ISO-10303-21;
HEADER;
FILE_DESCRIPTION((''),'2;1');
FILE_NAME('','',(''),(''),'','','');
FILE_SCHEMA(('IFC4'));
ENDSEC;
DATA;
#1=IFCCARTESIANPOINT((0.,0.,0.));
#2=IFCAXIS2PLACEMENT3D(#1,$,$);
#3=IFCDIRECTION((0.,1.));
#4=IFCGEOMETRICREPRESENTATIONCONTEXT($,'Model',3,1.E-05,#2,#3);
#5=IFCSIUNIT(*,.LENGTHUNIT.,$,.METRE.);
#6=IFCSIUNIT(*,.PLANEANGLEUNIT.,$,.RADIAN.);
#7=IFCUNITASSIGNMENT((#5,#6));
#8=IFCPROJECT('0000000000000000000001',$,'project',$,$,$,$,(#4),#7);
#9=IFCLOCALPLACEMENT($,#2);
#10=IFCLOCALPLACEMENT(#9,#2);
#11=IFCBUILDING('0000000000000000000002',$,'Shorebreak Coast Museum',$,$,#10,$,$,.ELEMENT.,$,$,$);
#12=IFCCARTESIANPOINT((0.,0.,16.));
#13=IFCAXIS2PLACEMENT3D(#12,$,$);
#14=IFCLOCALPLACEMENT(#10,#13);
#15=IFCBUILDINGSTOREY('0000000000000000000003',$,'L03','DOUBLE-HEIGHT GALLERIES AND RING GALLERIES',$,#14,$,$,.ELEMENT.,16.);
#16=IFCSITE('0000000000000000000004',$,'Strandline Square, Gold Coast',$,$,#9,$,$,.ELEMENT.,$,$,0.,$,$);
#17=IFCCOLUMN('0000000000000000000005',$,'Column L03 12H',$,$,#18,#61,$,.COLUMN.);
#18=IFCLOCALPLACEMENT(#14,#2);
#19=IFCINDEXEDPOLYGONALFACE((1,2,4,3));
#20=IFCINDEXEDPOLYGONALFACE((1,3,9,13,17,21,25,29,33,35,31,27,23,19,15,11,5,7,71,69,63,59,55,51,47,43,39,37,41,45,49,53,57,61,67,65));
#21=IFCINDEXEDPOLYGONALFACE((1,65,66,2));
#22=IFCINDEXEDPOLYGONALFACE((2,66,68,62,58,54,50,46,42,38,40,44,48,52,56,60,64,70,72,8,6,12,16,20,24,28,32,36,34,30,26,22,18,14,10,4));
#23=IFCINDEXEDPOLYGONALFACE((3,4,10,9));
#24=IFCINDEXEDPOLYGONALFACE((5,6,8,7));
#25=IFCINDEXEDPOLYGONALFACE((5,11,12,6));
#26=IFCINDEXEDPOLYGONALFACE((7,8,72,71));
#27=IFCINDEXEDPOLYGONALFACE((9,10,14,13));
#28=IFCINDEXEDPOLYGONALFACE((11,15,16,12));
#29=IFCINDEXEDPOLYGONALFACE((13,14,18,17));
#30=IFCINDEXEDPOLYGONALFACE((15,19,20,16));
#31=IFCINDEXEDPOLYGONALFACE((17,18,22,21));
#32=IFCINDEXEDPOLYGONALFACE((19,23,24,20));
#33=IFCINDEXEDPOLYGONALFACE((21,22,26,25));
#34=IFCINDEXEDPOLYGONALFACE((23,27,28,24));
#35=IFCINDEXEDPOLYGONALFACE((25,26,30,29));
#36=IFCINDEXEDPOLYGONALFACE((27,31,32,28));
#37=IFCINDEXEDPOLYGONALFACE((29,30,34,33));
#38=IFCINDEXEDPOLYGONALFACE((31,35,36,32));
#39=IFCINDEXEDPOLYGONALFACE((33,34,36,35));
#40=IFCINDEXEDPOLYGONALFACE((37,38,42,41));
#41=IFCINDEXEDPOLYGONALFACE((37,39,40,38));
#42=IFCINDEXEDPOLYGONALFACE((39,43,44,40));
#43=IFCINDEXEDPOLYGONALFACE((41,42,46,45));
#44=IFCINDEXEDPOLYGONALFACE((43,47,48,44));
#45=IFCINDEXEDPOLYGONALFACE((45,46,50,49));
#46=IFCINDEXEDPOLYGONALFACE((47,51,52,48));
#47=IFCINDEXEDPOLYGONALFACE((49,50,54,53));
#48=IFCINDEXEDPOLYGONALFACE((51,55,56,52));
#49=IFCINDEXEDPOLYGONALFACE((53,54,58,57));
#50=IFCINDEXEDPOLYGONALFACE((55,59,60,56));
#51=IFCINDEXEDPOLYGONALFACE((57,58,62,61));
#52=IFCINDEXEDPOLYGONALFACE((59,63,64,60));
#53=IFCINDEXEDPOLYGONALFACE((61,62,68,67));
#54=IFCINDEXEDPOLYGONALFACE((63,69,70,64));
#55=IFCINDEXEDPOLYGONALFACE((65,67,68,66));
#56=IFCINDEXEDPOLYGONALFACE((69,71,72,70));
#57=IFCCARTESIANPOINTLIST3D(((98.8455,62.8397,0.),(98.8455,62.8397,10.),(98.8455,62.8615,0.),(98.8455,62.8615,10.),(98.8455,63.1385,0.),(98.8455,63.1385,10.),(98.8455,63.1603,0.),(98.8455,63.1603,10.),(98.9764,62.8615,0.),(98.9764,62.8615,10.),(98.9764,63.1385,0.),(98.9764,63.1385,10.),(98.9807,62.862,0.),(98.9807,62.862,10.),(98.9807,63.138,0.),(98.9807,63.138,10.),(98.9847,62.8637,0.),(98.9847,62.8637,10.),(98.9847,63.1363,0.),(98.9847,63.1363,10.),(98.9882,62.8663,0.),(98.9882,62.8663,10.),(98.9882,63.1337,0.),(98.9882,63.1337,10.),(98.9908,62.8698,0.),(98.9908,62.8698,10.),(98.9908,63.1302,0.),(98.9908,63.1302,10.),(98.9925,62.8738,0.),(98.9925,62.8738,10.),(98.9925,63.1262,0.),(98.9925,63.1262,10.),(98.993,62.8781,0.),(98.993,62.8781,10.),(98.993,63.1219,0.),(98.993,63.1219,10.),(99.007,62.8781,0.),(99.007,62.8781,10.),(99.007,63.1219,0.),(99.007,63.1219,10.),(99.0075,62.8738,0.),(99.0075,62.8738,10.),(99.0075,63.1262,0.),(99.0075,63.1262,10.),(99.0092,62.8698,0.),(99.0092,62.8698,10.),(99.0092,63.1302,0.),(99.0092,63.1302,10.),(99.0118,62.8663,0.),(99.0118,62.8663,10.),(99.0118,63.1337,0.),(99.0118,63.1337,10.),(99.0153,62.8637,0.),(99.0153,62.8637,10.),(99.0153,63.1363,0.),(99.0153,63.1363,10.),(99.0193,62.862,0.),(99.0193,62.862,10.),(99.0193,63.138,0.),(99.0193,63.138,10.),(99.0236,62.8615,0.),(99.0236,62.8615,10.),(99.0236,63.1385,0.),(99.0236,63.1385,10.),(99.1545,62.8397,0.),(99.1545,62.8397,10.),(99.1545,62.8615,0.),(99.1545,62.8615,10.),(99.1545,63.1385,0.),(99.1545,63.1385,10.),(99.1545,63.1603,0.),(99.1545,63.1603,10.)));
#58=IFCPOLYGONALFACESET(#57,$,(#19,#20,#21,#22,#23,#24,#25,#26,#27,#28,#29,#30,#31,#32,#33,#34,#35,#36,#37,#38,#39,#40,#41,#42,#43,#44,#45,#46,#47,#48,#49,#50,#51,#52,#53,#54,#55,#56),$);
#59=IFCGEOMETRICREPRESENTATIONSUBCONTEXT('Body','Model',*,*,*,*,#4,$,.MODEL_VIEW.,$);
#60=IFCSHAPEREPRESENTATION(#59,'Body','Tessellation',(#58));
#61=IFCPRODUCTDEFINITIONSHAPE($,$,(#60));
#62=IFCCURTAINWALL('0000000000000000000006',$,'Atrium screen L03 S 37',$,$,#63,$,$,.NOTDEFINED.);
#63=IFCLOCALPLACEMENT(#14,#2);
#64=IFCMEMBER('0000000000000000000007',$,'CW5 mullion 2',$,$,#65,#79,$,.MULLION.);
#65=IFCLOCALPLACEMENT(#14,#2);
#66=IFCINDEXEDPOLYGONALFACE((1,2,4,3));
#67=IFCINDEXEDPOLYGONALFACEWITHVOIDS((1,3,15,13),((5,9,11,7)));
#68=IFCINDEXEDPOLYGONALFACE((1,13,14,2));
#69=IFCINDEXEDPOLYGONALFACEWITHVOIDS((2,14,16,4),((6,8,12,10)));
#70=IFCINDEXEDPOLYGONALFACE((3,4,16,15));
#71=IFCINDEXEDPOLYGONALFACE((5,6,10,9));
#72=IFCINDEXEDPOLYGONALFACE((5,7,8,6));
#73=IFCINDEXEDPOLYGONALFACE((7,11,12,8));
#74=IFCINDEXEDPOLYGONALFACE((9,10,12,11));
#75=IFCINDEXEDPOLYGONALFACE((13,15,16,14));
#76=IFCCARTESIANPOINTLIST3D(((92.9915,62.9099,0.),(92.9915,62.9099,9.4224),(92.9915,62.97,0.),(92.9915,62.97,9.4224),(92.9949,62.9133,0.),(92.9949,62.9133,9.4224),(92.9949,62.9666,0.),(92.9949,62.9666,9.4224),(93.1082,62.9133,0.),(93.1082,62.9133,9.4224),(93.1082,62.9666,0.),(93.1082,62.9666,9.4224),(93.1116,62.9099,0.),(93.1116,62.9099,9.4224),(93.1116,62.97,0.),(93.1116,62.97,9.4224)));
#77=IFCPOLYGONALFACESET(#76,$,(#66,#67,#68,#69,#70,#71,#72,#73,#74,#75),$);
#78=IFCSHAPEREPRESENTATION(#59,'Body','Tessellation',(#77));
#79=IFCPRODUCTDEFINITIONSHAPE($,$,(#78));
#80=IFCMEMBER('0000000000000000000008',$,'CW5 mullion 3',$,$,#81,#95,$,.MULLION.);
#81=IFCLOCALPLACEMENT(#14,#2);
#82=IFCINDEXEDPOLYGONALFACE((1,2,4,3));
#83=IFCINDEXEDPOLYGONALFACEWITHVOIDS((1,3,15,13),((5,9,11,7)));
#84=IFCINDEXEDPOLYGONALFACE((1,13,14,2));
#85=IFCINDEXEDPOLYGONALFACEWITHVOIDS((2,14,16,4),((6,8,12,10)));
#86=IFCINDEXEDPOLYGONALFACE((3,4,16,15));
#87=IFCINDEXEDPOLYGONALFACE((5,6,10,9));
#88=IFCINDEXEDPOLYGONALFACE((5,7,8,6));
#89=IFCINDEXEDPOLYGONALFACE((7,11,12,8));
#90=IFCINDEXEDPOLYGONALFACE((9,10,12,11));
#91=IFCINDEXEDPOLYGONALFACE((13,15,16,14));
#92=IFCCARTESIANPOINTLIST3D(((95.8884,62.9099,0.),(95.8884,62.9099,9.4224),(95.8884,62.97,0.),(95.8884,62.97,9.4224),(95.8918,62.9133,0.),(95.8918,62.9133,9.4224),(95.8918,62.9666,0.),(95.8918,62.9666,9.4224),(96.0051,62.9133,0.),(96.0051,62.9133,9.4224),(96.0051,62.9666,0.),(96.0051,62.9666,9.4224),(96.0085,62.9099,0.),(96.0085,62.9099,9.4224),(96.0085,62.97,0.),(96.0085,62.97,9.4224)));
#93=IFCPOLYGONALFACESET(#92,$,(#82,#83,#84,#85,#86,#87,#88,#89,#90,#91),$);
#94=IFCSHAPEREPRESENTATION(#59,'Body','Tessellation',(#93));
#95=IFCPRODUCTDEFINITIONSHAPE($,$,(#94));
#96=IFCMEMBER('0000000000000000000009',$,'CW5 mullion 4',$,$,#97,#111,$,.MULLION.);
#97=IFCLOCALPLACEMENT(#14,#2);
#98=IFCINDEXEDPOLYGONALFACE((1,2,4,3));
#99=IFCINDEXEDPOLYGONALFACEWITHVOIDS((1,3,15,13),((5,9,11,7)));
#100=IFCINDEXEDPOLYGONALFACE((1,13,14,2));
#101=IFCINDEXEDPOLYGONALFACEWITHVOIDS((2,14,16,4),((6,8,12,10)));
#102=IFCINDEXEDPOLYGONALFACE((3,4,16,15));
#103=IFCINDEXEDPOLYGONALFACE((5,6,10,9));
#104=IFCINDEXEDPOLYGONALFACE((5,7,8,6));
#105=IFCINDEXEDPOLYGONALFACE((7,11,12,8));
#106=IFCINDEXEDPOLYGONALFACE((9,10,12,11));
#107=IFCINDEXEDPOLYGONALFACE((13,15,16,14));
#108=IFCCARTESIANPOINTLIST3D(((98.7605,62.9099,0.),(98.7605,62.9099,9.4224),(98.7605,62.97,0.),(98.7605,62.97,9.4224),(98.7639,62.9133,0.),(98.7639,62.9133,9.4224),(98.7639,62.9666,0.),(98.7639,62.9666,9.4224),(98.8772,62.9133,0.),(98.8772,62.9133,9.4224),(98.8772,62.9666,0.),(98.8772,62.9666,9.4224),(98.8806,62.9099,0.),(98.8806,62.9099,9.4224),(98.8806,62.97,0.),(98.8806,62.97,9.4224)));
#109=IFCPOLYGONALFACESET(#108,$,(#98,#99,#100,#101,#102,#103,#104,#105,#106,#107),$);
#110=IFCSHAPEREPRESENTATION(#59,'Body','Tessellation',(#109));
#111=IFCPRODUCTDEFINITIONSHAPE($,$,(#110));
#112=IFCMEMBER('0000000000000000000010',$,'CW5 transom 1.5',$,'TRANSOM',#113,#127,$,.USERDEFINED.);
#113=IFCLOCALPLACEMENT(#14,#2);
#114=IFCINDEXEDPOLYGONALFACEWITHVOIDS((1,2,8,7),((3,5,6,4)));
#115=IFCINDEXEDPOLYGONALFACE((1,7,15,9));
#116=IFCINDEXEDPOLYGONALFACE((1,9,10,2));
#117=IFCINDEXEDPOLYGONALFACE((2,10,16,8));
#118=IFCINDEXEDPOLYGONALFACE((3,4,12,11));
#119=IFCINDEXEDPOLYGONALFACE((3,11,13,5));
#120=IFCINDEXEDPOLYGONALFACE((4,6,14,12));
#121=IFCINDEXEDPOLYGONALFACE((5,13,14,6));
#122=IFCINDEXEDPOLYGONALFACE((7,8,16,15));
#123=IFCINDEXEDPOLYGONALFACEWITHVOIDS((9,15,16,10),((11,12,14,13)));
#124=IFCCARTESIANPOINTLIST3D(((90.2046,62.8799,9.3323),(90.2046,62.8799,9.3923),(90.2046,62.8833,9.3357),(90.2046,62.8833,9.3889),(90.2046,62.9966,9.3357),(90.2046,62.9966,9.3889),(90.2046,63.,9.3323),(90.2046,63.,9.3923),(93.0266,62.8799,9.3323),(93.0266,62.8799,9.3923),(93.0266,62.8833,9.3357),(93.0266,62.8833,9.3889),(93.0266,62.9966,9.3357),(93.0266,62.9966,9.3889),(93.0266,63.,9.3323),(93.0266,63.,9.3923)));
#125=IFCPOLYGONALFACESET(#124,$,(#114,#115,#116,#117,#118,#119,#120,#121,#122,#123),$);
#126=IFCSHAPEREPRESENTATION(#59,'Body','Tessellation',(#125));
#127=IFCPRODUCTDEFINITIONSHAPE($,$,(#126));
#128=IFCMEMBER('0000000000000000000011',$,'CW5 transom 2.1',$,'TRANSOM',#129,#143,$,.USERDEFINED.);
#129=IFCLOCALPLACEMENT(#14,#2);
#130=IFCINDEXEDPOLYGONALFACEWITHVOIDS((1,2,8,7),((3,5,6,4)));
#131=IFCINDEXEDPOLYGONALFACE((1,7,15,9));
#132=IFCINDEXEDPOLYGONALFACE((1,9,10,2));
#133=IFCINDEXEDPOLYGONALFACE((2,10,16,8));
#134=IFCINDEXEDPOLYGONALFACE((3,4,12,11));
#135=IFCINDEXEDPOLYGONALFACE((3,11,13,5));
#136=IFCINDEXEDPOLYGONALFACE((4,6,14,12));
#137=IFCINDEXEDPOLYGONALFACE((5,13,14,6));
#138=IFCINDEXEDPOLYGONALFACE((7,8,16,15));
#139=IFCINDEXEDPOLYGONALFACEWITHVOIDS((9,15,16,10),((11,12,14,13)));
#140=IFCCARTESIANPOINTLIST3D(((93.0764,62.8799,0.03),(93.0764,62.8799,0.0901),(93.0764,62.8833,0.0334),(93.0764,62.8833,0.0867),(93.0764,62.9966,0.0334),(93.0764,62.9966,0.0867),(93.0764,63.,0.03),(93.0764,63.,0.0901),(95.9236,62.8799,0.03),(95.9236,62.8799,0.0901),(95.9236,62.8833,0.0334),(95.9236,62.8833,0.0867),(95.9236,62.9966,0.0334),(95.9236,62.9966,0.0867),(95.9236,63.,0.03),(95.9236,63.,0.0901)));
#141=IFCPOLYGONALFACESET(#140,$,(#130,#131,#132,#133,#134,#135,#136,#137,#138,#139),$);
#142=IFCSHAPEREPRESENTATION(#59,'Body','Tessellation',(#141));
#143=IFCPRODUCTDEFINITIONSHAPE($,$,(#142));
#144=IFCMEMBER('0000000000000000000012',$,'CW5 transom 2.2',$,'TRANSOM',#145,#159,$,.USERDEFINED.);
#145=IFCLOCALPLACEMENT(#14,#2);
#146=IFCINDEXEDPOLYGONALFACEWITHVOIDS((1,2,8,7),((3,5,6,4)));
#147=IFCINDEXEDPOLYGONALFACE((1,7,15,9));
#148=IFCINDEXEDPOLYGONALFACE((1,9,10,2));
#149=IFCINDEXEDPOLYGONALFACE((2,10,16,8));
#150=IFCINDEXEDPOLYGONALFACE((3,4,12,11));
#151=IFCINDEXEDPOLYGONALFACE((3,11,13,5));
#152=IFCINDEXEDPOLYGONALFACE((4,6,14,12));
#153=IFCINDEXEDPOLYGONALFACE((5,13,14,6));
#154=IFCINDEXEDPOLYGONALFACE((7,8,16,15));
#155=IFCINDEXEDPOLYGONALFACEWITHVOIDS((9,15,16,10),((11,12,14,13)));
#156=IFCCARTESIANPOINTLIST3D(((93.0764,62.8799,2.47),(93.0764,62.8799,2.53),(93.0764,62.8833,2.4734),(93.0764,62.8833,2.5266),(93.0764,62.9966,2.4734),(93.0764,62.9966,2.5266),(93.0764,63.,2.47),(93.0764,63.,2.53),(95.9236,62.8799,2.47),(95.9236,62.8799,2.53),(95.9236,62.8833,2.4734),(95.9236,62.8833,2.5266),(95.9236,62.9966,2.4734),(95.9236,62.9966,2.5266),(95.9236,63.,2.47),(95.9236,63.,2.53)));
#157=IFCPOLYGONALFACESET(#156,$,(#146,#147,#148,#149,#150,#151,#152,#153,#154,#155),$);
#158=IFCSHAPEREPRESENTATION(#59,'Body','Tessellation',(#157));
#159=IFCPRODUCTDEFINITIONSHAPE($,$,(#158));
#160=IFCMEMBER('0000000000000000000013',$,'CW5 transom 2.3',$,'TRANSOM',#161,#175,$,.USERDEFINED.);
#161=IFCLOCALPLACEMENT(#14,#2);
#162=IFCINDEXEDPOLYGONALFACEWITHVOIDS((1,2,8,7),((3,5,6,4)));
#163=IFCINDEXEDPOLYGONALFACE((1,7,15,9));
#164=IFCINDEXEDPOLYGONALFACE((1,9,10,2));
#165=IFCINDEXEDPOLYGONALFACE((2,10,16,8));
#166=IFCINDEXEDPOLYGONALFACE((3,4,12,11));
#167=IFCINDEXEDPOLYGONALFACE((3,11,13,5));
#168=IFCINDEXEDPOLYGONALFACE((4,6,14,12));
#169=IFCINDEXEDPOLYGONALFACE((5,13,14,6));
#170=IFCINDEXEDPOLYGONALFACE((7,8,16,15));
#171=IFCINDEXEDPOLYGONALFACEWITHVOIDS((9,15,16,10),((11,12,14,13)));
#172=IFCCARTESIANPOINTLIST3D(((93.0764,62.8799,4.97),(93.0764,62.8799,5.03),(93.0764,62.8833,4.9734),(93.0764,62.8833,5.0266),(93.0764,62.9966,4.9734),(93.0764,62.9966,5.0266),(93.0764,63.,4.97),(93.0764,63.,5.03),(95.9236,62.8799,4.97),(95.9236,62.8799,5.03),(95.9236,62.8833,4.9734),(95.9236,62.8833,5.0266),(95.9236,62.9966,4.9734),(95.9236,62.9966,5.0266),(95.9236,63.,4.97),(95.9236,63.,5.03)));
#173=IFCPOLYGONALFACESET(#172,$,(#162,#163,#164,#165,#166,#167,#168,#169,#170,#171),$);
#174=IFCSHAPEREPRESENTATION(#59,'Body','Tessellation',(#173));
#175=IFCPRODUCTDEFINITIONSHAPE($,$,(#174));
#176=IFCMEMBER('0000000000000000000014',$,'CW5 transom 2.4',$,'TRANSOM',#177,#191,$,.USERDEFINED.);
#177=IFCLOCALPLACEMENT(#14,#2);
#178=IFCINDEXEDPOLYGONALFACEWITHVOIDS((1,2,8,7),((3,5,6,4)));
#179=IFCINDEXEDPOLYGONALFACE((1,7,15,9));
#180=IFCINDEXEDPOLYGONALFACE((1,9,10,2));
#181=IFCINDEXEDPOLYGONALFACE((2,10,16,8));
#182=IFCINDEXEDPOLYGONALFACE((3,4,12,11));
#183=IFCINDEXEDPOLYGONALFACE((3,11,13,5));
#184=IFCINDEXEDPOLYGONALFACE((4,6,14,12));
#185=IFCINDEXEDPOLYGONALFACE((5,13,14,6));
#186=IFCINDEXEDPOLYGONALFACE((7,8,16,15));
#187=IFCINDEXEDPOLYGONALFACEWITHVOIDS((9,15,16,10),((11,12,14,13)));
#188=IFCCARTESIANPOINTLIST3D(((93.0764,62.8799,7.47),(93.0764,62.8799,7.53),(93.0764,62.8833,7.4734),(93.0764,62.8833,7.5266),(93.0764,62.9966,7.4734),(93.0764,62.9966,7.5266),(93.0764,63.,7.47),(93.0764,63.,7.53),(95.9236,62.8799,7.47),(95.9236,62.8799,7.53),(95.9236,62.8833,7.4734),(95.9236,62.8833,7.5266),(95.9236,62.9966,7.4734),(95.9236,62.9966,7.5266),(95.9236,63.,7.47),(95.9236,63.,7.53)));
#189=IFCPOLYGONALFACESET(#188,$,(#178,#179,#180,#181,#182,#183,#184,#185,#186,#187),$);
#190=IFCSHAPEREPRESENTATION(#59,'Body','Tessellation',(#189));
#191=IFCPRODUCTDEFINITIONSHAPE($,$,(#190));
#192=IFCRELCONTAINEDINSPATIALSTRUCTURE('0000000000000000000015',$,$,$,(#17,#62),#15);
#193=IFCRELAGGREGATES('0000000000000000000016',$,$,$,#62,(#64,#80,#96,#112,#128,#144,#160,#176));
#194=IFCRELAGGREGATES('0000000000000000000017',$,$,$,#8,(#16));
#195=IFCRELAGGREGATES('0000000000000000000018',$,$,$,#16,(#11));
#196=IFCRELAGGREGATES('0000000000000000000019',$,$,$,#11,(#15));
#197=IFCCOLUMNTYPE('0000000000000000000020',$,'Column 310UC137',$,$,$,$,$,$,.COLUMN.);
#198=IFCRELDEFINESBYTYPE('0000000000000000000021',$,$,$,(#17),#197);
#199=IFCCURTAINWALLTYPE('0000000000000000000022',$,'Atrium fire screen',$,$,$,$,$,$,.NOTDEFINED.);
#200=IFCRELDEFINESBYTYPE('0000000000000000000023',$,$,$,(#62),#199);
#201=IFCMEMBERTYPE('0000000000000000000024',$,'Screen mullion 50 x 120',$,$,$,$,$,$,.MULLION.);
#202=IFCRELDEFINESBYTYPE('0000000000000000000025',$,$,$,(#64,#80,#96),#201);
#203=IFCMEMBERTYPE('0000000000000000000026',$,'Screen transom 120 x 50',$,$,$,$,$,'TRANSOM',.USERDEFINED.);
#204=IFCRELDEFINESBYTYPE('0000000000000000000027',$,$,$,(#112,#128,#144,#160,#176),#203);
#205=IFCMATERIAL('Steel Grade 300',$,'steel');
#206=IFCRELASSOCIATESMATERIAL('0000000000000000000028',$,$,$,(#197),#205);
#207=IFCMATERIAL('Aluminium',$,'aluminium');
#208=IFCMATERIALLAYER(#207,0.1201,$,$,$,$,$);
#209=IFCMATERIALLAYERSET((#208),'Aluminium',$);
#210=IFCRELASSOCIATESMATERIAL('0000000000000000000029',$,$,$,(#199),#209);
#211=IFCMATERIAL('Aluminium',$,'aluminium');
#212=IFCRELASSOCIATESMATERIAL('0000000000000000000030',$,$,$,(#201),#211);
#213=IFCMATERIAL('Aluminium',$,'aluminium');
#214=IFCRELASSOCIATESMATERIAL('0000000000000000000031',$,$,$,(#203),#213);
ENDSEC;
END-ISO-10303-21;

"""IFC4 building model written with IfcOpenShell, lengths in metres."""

from ifc_helpers import new_model, si_unit, direction, frame, origin, origin_2d, place, context, subcontext, project, spatial, hollow_rectangle, i_section, extrude, material, layer, layer_set, material_profile, profile_set, type_object, element, aggregate, save


model = new_model("IFC4")

# Units and contexts
model_context = context("Model", 3, precision=1e-05, world=origin(), true_north=direction((0.0, 1.0)))
body_context = subcontext(model_context, "Body", "Model", "MODEL_VIEW")
ifc_project = project(units=[si_unit("LENGTHUNIT", "METRE"), si_unit("PLANEANGLEUNIT", "RADIAN")], contexts=[model_context])

# Site, building, storey
site_placement = place(None, origin())
site = spatial("IfcSite", under=ifc_project, at=site_placement, Name="Strandline Square, Gold Coast", CompositionType="ELEMENT", RefElevation=0.0)
building_placement = place(site_placement, origin())
building = spatial("IfcBuilding", under=site, at=building_placement, Name="Shorebreak Coast Museum", CompositionType="ELEMENT")
storey_placement = place(building_placement, frame((0.0, 0.0, 16.0)))
storey = spatial("IfcBuildingStorey", under=building, at=storey_placement, Name="L03", Description="DOUBLE-HEIGHT GALLERIES AND RING GALLERIES", CompositionType="ELEMENT", Elevation=16.0)

# Column
ifc_material_1 = material(Name="Steel Grade 300", Category="steel")
ifc_material_profile_1 = material_profile(ifc_material_1, i_section(OverallWidth=0.3091, OverallDepth=0.3206, WebThickness=0.0139, FlangeThickness=0.0217, FilletRadius=0.0166, at=origin_2d()), Name="310UC137")
ifc_profile_set_1 = profile_set([ifc_material_profile_1], Name="Steel Grade 300")
column_type = type_object("IfcColumnType", Name="Column 310UC137", PredefinedType="COLUMN", material=ifc_profile_set_1)
column_placement = place(storey_placement, frame((99.0, 63.0, 0.0), z_axis=(0.0, 0.0, 1.0), x_axis=(1.0, 0.0, 0.0)))
element("IfcColumn", 1, at=column_placement, inside=storey, type_object=column_type, Name="Column L03 12H", PredefinedType="COLUMN", context=body_context, shape_type="SweptSolid", body=[
    extrude(i_section(OverallWidth=0.3091, OverallDepth=0.3206, WebThickness=0.0139, FlangeThickness=0.0217, FilletRadius=0.0166, at=origin_2d()), origin(), (0.0, 0.0, 1.0), 10.0),
])

# Curtain wall, members
ifc_material_2 = material(Name="Aluminium", Category="aluminium")
ifc_layer_1 = layer(ifc_material_2, 0.1201)
ifc_layer_set_1 = layer_set([ifc_layer_1], Name="Aluminium")
curtain_wall_type = type_object("IfcCurtainWallType", Name="Atrium fire screen", PredefinedType="NOTDEFINED", material=ifc_layer_set_1)
curtain_wall_placement = place(storey_placement, origin())
curtain_wall = element("IfcCurtainWall", 2, at=curtain_wall_placement, inside=storey, type_object=curtain_wall_type, Name="Atrium screen L03 S 37", PredefinedType="NOTDEFINED")
ifc_material_3 = material(Name="Aluminium", Category="aluminium")
ifc_material_profile_2 = material_profile(ifc_material_3, hollow_rectangle(XDim=0.0601, YDim=0.1201, WallThickness=0.0034, at=origin_2d()), Name="AL 120x60 RHS")
ifc_profile_set_2 = profile_set([ifc_material_profile_2], Name="Aluminium")
member_type_1 = type_object("IfcMemberType", Name="Screen mullion 50 x 120", PredefinedType="MULLION", material=ifc_profile_set_2)
member_1_placement = place(storey_placement, frame((93.0515, 62.9399, 0.0), z_axis=(0.0, 0.0, 1.0), x_axis=(0.0, 1.0, 0.0)))
member_1 = element("IfcMember", 3, at=member_1_placement, type_object=member_type_1, Name="CW5 mullion 2", PredefinedType="MULLION", context=body_context, shape_type="SweptSolid", body=[
    extrude(hollow_rectangle(XDim=0.0601, YDim=0.1201, WallThickness=0.0034, at=origin_2d()), origin(), (0.0, 0.0, 1.0), 9.4224),
])
member_2_placement = place(storey_placement, frame((95.9485, 62.9399, 0.0), z_axis=(0.0, 0.0, 1.0), x_axis=(0.0, 1.0, 0.0)))
member_2 = element("IfcMember", 4, at=member_2_placement, type_object=member_type_1, Name="CW5 mullion 3", PredefinedType="MULLION", context=body_context, shape_type="SweptSolid", body=[
    extrude(hollow_rectangle(XDim=0.0601, YDim=0.1201, WallThickness=0.0034, at=origin_2d()), origin(), (0.0, 0.0, 1.0), 9.4224),
])
member_3_placement = place(storey_placement, frame((98.8206, 62.9399, 0.0), z_axis=(0.0, 0.0, 1.0), x_axis=(0.0, 1.0, 0.0)))
member_3 = element("IfcMember", 5, at=member_3_placement, type_object=member_type_1, Name="CW5 mullion 4", PredefinedType="MULLION", context=body_context, shape_type="SweptSolid", body=[
    extrude(hollow_rectangle(XDim=0.0601, YDim=0.1201, WallThickness=0.0034, at=origin_2d()), origin(), (0.0, 0.0, 1.0), 9.4224),
])
ifc_material_4 = material(Name="Aluminium", Category="aluminium")
ifc_material_profile_3 = material_profile(ifc_material_4, hollow_rectangle(XDim=0.1201, YDim=0.0601, WallThickness=0.0034, at=origin_2d()), Name="AL 60x120 RHS")
ifc_profile_set_3 = profile_set([ifc_material_profile_3], Name="Aluminium")
member_type_2 = type_object("IfcMemberType", Name="Screen transom 120 x 50", ElementType="TRANSOM", PredefinedType="USERDEFINED", material=ifc_profile_set_3)
member_4_placement = place(storey_placement, frame((90.2046, 62.9399, 9.3623), z_axis=(1.0, 0.0, 0.0), x_axis=(0.0, 1.0, 0.0)))
member_4 = element("IfcMember", 6, at=member_4_placement, type_object=member_type_2, Name="CW5 transom 1.5", ObjectType="TRANSOM", PredefinedType="USERDEFINED", context=body_context, shape_type="SweptSolid", body=[
    extrude(hollow_rectangle(XDim=0.1201, YDim=0.0601, WallThickness=0.0034, at=origin_2d()), origin(), (0.0, 0.0, 1.0), 2.822),
])
member_5_placement = place(storey_placement, frame((93.0764, 62.9399, 0.0601), z_axis=(1.0, 0.0, 0.0), x_axis=(0.0, 1.0, 0.0)))
member_5 = element("IfcMember", 7, at=member_5_placement, type_object=member_type_2, Name="CW5 transom 2.1", ObjectType="TRANSOM", PredefinedType="USERDEFINED", context=body_context, shape_type="SweptSolid", body=[
    extrude(hollow_rectangle(XDim=0.1201, YDim=0.0601, WallThickness=0.0034, at=origin_2d()), origin(), (0.0, 0.0, 1.0), 2.8472),
])
member_6_placement = place(storey_placement, frame((93.0764, 62.9399, 2.5), z_axis=(1.0, 0.0, 0.0), x_axis=(0.0, 1.0, 0.0)))
member_6 = element("IfcMember", 8, at=member_6_placement, type_object=member_type_2, Name="CW5 transom 2.2", ObjectType="TRANSOM", PredefinedType="USERDEFINED", context=body_context, shape_type="SweptSolid", body=[
    extrude(hollow_rectangle(XDim=0.1201, YDim=0.0601, WallThickness=0.0034, at=origin_2d()), origin(), (0.0, 0.0, 1.0), 2.8472),
])
member_7_placement = place(storey_placement, frame((93.0764, 62.9399, 5.0), z_axis=(1.0, 0.0, 0.0), x_axis=(0.0, 1.0, 0.0)))
member_7 = element("IfcMember", 9, at=member_7_placement, type_object=member_type_2, Name="CW5 transom 2.3", ObjectType="TRANSOM", PredefinedType="USERDEFINED", context=body_context, shape_type="SweptSolid", body=[
    extrude(hollow_rectangle(XDim=0.1201, YDim=0.0601, WallThickness=0.0034, at=origin_2d()), origin(), (0.0, 0.0, 1.0), 2.8472),
])
member_8_placement = place(storey_placement, frame((93.0764, 62.9399, 7.5), z_axis=(1.0, 0.0, 0.0), x_axis=(0.0, 1.0, 0.0)))
member_8 = element("IfcMember", 10, at=member_8_placement, type_object=member_type_2, Name="CW5 transom 2.4", ObjectType="TRANSOM", PredefinedType="USERDEFINED", context=body_context, shape_type="SweptSolid", body=[
    extrude(hollow_rectangle(XDim=0.1201, YDim=0.0601, WallThickness=0.0034, at=origin_2d()), origin(), (0.0, 0.0, 1.0), 2.8472),
])
aggregate(curtain_wall, [member_1, member_2, member_3, member_4, member_5, member_6, member_7, member_8])

save(model, "model.ifc")
